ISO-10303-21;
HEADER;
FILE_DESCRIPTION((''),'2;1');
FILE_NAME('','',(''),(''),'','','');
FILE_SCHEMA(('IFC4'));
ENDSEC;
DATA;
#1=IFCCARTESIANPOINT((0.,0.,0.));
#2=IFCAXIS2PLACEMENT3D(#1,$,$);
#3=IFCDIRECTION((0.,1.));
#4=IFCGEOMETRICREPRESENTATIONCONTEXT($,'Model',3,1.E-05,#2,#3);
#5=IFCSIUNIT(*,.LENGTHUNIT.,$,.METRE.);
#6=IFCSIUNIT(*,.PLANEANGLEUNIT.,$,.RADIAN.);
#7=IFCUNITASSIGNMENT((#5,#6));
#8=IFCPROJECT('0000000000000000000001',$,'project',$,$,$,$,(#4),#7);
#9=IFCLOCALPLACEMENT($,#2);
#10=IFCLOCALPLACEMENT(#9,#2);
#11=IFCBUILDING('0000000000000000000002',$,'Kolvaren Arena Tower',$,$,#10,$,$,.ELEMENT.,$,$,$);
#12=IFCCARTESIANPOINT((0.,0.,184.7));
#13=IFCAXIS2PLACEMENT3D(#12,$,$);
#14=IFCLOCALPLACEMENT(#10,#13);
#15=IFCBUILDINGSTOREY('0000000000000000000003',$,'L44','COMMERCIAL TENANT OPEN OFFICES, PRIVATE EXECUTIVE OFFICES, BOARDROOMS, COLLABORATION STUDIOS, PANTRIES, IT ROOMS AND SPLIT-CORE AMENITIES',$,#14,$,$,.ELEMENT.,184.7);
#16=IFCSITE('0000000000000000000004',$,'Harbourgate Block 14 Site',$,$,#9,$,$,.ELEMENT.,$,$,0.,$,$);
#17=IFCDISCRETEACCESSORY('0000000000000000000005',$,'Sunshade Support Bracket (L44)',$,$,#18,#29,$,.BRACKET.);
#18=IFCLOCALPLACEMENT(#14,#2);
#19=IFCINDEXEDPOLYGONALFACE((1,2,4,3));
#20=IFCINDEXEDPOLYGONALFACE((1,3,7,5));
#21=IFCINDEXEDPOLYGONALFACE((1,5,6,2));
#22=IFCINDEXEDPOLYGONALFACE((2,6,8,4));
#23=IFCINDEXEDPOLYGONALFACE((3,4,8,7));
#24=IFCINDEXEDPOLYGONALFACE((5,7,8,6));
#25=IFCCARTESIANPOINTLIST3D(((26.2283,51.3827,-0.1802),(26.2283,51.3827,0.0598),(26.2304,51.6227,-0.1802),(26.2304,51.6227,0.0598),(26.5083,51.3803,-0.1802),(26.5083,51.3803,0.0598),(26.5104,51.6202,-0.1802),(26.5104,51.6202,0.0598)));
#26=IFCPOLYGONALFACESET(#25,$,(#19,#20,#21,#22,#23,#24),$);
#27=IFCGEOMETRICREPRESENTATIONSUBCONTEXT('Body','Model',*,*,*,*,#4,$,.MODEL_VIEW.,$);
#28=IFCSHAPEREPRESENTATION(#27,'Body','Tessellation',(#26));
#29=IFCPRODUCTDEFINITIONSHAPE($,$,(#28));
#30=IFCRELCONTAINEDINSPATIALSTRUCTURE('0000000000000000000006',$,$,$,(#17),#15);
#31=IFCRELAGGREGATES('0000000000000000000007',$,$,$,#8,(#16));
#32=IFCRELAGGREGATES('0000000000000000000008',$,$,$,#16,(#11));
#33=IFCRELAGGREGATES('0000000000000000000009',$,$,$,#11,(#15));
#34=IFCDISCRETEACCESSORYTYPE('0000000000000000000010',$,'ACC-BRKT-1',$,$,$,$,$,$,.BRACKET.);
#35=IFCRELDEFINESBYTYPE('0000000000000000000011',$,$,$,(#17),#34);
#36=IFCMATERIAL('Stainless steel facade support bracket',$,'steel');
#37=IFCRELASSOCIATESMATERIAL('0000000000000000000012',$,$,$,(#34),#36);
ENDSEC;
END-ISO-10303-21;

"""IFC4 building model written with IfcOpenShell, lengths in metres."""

from ifc_helpers import new_model, si_unit, direction, frame, origin, origin_2d, place, context, subcontext, project, spatial, rectangle, extrude, material, type_object, element, save


model = new_model("IFC4")

# Units and contexts
model_context = context("Model", 3, precision=1e-05, world=origin(), true_north=direction((0.0, 1.0)))
body_context = subcontext(model_context, "Body", "Model", "MODEL_VIEW")
ifc_project = project(units=[si_unit("LENGTHUNIT", "METRE"), si_unit("PLANEANGLEUNIT", "RADIAN")], contexts=[model_context])

# Site, building, storey
site_placement = place(None, origin())
site = spatial("IfcSite", under=ifc_project, at=site_placement, Name="Harbourgate Block 14 Site", CompositionType="ELEMENT", RefElevation=0.0)
building_placement = place(site_placement, origin())
building = spatial("IfcBuilding", under=site, at=building_placement, Name="Kolvaren Arena Tower", CompositionType="ELEMENT")
storey_placement = place(building_placement, frame((0.0, 0.0, 184.7)))
storey = spatial("IfcBuildingStorey", under=building, at=storey_placement, Name="L44", Description="COMMERCIAL TENANT OPEN OFFICES, PRIVATE EXECUTIVE OFFICES, BOARDROOMS, COLLABORATION STUDIOS, PANTRIES, IT ROOMS AND SPLIT-CORE AMENITIES", CompositionType="ELEMENT", Elevation=184.7)

# Discrete accessory
ifc_material_1 = material(Name="Stainless steel facade support bracket", Category="steel")
discrete_accessory_type = type_object("IfcDiscreteAccessoryType", Name="ACC-BRKT-1", PredefinedType="BRACKET", material=ifc_material_1)
for number, where, z_axis, x_axis, name in (
    (1, (26.3694, 51.5015, -0.1802), (0.0, 0.0, 1.0), (0.999962, -0.008727, 0.0), "Sunshade Support Bracket (L44)"),
):
    element("IfcDiscreteAccessory", number, at=place(storey_placement, frame(where, z_axis=z_axis, x_axis=x_axis)), inside=storey, type_object=discrete_accessory_type, Name=name, PredefinedType="BRACKET", context=body_context, shape_type="SweptSolid", body=[
        extrude(rectangle(XDim=0.28, YDim=0.24, at=origin_2d()), origin(), (0.0, 0.0, 1.0), 0.24),
    ])

save(model, "model.ifc")
